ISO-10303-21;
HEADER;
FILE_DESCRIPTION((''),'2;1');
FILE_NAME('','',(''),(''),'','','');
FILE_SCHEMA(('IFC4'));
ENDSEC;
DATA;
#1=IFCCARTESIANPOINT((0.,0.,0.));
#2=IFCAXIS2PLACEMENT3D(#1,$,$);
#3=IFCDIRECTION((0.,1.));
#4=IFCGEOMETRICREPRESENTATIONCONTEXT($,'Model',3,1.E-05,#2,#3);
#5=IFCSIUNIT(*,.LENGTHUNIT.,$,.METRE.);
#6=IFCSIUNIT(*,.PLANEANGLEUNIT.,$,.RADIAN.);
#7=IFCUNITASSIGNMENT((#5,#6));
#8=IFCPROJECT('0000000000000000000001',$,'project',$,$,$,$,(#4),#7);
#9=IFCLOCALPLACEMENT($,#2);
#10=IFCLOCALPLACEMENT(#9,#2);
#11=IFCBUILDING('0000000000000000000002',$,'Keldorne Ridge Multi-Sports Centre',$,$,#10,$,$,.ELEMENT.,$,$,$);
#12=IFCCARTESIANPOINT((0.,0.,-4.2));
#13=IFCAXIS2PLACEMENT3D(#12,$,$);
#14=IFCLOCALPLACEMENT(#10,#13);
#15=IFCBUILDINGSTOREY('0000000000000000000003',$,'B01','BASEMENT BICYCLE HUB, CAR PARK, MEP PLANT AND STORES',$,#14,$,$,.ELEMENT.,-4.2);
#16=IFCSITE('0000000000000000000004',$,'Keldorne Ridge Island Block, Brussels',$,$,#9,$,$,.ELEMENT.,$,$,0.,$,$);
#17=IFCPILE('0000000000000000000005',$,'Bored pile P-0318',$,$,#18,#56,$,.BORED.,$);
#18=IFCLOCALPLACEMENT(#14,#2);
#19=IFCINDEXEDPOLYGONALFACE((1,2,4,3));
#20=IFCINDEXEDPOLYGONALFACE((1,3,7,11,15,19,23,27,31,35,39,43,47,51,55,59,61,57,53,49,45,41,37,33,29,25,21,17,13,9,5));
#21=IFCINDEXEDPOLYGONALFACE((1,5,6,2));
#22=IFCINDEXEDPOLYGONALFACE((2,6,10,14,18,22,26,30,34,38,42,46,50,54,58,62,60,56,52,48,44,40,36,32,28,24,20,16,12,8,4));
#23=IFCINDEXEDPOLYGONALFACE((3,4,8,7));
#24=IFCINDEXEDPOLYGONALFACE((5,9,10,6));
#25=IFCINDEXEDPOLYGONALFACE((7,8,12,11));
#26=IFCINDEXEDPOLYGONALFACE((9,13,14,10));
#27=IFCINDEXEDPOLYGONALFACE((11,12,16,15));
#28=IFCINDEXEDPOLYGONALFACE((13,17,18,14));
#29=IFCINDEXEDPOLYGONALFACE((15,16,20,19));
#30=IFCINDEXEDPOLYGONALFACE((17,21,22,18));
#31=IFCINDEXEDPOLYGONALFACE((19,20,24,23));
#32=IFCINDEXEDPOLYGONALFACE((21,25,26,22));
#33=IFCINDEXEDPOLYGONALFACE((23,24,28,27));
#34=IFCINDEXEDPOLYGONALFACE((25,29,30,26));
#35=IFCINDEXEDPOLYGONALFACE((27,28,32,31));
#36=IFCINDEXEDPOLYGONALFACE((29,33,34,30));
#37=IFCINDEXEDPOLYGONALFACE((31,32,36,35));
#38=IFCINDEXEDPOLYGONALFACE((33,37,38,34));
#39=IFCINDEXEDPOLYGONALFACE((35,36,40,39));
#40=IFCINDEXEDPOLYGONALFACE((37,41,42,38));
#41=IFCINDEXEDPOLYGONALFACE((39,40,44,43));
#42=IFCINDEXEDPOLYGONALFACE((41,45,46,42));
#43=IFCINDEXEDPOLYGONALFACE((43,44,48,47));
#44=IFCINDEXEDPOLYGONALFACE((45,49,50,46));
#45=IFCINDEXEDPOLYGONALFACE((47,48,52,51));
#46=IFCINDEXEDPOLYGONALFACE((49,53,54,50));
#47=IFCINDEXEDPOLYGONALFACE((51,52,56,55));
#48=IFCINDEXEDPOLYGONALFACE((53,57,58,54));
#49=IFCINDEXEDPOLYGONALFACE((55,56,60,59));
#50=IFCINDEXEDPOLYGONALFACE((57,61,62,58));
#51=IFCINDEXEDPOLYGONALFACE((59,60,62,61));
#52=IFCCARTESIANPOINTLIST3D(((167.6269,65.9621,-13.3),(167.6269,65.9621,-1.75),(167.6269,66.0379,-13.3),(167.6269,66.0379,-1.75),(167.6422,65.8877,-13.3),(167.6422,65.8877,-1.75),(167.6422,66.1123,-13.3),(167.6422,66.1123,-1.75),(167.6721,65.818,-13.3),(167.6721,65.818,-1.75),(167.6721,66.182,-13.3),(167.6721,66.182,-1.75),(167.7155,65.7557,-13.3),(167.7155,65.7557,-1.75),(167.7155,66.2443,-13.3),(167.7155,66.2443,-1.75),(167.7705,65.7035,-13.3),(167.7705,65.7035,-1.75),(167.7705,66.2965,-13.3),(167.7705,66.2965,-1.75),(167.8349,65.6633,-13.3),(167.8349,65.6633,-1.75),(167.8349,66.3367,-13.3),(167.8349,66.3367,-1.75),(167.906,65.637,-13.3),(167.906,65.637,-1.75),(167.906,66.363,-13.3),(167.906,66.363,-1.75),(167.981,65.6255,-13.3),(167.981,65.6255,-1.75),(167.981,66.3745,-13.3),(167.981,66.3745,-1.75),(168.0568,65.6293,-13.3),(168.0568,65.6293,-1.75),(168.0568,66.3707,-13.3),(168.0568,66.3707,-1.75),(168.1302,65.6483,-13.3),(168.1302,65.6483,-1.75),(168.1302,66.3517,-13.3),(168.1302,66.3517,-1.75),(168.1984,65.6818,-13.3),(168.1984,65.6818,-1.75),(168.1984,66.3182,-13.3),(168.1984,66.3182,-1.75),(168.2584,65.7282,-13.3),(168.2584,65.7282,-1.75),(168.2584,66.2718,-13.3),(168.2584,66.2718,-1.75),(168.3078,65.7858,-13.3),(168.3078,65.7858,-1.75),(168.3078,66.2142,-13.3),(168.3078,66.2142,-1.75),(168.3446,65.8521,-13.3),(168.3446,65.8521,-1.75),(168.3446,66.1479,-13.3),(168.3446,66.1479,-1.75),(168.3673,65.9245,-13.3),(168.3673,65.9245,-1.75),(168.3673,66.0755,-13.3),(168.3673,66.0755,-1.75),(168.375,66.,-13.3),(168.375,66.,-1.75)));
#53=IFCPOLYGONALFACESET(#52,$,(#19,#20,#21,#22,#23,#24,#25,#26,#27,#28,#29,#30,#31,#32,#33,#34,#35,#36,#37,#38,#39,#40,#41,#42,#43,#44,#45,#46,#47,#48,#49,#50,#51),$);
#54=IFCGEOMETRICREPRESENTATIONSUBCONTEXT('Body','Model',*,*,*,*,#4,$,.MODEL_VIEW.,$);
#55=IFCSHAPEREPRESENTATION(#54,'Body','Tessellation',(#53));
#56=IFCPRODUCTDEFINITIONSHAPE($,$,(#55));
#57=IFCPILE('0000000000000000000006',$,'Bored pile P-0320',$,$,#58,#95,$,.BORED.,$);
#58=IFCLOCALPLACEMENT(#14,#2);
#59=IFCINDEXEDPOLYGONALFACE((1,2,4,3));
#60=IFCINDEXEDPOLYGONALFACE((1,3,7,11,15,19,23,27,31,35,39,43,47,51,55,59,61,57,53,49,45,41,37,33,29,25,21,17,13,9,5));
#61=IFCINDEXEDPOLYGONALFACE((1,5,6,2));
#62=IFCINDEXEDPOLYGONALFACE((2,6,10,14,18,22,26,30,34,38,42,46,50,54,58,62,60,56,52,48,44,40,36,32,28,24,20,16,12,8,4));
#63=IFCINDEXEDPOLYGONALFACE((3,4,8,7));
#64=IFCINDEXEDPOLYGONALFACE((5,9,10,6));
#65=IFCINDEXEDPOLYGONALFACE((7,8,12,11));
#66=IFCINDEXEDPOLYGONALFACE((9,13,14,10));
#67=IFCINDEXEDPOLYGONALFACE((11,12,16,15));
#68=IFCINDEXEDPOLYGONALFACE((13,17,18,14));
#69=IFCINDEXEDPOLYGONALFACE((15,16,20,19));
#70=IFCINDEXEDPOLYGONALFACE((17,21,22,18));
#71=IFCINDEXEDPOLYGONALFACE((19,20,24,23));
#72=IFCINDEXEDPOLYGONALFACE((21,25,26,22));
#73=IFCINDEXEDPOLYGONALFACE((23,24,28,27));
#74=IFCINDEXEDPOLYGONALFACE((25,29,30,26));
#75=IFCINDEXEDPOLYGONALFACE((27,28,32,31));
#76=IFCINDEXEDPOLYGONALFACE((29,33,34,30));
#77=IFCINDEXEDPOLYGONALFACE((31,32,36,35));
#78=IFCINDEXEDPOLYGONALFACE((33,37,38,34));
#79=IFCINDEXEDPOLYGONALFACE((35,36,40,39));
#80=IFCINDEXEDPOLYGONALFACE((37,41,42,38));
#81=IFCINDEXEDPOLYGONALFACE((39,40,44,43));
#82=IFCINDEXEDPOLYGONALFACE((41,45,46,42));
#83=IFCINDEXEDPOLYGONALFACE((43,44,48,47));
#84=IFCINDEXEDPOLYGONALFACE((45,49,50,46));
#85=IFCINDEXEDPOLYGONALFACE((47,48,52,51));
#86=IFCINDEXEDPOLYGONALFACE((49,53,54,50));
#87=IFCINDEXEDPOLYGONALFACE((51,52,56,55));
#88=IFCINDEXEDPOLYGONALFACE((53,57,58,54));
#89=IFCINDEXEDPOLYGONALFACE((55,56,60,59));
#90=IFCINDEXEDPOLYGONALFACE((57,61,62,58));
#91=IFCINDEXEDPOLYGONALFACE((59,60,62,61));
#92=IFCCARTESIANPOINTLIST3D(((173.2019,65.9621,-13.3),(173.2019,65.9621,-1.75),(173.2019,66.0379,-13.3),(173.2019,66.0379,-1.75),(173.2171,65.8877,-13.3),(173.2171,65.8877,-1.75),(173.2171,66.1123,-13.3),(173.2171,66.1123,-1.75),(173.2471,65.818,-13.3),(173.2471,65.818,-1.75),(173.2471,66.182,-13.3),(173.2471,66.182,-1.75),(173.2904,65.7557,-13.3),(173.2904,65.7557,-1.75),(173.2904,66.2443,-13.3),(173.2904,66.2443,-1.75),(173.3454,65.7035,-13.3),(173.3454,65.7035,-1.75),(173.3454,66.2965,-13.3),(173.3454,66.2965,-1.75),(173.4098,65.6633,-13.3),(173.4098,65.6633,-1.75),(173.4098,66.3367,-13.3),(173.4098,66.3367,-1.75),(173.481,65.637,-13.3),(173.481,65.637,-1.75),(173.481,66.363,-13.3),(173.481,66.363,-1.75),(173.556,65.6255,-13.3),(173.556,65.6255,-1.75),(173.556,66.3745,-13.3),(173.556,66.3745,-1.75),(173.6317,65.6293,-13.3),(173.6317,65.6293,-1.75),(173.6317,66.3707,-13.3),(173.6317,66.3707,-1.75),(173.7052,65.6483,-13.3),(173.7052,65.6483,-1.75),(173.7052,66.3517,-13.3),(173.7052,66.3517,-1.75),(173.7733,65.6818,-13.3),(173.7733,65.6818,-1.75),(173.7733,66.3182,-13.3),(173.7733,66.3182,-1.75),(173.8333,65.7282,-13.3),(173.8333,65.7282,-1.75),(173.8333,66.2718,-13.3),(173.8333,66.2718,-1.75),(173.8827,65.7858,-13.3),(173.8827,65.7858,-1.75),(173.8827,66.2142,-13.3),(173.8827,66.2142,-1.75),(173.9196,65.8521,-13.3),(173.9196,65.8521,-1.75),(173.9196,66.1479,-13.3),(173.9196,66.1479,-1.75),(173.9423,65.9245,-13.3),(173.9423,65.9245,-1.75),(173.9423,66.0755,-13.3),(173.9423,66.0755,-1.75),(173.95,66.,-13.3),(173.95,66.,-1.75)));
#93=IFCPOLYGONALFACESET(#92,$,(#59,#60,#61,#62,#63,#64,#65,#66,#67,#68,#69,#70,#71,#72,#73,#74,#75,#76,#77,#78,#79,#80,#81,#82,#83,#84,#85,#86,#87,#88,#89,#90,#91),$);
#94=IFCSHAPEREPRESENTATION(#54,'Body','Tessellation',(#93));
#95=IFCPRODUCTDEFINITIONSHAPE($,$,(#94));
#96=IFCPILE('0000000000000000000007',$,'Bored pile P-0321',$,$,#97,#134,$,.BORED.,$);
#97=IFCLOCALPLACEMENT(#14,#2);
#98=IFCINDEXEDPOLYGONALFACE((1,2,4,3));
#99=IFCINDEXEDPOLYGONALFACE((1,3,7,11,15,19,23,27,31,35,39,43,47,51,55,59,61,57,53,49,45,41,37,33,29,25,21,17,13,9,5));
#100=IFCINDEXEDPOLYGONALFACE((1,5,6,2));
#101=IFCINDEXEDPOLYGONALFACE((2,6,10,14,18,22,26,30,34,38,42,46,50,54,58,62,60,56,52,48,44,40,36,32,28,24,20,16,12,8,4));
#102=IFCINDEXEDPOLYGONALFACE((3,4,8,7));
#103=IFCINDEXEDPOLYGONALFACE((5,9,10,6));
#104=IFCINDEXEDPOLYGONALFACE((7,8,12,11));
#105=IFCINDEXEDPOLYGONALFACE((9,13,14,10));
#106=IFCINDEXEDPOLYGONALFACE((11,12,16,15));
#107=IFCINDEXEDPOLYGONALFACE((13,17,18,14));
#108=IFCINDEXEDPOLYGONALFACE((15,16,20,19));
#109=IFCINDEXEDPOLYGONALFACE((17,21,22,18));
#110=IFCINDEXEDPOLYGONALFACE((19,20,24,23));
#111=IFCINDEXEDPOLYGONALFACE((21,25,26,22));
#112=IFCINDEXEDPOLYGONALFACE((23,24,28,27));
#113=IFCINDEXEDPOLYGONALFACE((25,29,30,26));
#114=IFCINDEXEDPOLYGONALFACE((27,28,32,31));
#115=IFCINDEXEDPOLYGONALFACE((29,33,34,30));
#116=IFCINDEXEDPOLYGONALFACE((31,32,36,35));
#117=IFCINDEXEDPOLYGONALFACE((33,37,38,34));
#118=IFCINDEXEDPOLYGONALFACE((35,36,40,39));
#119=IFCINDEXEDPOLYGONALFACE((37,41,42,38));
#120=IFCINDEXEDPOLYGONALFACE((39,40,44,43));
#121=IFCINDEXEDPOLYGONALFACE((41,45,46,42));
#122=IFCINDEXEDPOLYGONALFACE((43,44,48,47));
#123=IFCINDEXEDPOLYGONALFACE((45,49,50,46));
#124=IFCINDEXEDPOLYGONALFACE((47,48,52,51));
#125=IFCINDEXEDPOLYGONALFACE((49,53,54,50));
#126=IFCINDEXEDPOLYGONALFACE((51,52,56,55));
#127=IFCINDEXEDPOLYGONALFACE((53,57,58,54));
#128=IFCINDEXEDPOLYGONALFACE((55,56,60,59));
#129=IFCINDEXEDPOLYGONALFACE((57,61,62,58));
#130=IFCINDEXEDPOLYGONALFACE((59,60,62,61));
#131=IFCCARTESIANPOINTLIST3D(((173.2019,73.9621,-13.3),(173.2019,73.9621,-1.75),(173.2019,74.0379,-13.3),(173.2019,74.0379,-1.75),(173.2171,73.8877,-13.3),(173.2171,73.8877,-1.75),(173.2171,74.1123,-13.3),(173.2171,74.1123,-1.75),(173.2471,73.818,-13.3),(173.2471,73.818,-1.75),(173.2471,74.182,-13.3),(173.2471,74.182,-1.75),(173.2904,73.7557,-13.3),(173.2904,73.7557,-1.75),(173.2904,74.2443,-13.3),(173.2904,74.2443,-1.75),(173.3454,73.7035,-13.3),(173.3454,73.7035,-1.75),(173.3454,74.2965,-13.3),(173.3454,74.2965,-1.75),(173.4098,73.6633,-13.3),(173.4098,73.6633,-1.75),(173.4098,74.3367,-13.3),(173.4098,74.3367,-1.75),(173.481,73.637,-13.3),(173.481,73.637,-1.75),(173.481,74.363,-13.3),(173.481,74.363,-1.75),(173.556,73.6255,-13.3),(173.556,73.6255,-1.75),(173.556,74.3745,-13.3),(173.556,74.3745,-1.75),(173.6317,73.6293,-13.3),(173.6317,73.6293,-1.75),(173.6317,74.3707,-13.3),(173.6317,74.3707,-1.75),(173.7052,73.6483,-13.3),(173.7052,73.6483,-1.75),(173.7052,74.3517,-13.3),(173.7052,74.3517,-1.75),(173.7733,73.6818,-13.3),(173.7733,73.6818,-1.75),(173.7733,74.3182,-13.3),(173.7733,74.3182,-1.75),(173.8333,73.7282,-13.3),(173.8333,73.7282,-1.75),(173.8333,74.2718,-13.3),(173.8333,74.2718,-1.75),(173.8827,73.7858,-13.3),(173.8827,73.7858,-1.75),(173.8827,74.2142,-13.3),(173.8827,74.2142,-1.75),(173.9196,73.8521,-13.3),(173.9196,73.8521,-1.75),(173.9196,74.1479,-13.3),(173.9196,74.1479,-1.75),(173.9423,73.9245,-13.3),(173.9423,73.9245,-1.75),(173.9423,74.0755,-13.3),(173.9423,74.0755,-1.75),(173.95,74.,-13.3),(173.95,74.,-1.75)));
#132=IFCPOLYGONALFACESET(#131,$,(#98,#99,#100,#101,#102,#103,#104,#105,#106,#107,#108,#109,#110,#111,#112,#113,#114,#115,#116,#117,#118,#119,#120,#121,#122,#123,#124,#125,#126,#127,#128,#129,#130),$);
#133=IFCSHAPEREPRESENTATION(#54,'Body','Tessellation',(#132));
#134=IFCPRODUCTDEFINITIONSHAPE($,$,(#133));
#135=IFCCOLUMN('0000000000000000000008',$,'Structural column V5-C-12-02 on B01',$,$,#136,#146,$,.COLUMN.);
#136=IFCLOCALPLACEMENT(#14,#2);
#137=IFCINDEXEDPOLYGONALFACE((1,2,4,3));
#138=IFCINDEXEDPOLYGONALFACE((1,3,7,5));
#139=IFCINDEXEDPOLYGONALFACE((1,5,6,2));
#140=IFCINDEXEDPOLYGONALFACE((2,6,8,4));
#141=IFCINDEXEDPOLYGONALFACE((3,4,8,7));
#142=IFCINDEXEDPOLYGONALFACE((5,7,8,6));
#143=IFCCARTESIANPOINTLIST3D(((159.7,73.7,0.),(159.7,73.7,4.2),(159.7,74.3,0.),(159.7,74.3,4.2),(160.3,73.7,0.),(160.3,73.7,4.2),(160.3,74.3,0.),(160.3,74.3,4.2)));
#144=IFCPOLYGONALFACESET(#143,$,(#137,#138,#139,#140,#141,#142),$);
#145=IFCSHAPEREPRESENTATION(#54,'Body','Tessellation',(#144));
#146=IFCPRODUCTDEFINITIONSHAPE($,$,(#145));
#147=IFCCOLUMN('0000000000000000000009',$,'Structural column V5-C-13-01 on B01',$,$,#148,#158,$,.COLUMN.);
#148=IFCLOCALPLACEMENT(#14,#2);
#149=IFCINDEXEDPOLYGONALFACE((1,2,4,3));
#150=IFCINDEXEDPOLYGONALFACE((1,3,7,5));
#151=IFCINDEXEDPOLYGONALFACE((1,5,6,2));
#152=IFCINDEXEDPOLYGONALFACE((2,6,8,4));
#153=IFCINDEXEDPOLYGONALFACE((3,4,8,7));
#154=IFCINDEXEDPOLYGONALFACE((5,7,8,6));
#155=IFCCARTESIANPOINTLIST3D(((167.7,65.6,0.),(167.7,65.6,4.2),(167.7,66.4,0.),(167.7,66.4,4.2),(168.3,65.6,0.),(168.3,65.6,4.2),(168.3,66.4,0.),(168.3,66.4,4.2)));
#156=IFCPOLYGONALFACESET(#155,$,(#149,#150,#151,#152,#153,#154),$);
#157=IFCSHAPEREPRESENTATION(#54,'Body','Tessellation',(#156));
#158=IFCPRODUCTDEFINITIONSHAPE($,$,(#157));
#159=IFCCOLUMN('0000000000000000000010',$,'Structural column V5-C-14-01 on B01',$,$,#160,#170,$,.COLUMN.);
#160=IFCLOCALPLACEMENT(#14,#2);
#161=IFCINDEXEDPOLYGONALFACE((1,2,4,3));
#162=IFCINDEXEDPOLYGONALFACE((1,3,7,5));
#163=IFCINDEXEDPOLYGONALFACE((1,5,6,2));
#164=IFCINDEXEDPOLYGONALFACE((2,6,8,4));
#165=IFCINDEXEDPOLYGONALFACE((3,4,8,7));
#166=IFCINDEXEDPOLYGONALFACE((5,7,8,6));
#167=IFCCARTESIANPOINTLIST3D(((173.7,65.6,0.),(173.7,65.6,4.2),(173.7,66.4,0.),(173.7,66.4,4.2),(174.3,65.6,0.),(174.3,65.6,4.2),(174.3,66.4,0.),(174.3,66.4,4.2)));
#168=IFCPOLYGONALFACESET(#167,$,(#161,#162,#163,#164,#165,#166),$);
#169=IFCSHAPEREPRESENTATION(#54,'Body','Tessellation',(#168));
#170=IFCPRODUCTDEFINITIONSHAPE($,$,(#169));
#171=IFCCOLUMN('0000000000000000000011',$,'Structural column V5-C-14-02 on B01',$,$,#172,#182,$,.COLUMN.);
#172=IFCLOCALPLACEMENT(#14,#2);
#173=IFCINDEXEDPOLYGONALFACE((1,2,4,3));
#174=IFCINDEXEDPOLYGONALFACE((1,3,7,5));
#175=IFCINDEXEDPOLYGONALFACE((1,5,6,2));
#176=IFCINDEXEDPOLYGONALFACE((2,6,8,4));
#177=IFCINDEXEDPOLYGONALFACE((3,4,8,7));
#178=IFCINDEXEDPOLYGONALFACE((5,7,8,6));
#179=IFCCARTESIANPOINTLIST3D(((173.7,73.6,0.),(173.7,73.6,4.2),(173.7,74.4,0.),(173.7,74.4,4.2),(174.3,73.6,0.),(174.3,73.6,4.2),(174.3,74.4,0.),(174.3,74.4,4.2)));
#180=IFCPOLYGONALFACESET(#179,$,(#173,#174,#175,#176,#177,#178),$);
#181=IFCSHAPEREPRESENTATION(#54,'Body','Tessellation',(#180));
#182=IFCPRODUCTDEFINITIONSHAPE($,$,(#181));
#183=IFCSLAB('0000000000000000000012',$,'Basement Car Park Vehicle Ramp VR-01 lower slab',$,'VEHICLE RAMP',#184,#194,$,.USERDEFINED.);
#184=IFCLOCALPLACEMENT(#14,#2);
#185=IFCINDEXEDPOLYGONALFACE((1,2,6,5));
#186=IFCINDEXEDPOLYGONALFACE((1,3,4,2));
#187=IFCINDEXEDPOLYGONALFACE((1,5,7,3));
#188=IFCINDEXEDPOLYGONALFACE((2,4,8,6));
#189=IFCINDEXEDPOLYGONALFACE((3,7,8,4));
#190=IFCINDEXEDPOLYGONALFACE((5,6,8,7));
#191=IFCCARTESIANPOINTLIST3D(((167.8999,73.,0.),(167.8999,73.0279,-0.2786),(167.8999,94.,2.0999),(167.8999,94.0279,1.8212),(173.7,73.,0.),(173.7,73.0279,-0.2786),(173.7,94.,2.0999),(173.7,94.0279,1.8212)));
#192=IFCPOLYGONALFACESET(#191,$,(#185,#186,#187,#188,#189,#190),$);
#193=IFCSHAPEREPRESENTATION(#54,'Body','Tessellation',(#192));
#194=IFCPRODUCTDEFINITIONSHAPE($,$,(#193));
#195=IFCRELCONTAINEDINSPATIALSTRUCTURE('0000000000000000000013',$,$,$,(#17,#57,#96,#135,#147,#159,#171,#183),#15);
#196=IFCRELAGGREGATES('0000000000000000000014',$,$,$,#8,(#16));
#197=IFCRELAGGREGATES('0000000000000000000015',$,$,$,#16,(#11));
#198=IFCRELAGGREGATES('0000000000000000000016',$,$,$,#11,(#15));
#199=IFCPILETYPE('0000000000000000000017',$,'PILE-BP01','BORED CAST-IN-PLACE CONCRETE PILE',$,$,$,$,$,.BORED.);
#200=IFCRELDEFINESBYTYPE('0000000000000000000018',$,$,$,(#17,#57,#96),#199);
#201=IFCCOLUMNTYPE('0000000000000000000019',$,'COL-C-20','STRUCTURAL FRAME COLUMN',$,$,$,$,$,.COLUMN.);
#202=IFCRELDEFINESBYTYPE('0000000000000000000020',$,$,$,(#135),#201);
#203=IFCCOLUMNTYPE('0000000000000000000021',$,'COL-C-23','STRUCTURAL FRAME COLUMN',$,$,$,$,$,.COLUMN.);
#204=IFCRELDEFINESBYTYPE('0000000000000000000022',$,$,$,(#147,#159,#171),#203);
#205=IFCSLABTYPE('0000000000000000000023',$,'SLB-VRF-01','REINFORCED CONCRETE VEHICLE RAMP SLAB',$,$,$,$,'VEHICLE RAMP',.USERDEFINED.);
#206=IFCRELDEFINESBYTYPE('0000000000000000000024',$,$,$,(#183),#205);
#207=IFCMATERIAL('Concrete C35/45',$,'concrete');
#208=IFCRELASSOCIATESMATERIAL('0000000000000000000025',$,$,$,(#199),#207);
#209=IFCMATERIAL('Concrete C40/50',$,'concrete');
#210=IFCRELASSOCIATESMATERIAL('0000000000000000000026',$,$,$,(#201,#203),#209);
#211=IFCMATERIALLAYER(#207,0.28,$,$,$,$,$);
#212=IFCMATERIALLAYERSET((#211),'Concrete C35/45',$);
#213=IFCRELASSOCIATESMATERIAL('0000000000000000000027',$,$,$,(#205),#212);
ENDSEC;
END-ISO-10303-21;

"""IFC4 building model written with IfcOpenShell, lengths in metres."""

from ifc_helpers import new_model, si_unit, direction, frame, origin, origin_2d, place, context, subcontext, project, spatial, polyline, rectangle, circle, outline, extrude, material, layer, layer_set, material_profile, profile_set, type_object, element, save


model = new_model("IFC4")

# Units and contexts
model_context = context("Model", 3, precision=1e-05, world=origin(), true_north=direction((0.0, 1.0)))
body_context = subcontext(model_context, "Body", "Model", "MODEL_VIEW")
ifc_project = project(units=[si_unit("LENGTHUNIT", "METRE"), si_unit("PLANEANGLEUNIT", "RADIAN")], contexts=[model_context])

# Site, building, storey
site_placement = place(None, origin())
site = spatial("IfcSite", under=ifc_project, at=site_placement, Name="Keldorne Ridge Island Block, Brussels", CompositionType="ELEMENT", RefElevation=0.0)
building_placement = place(site_placement, origin())
building = spatial("IfcBuilding", under=site, at=building_placement, Name="Keldorne Ridge Multi-Sports Centre", CompositionType="ELEMENT")
storey_placement = place(building_placement, frame((0.0, 0.0, -4.2)))
storey = spatial("IfcBuildingStorey", under=building, at=storey_placement, Name="B01", Description="BASEMENT BICYCLE HUB, CAR PARK, MEP PLANT AND STORES", CompositionType="ELEMENT", Elevation=-4.2)

# Shared definitions
ifc_material_1 = material(Name="Concrete C35/45", Category="concrete")

# Piles
ifc_material_profile_1 = material_profile(ifc_material_1, circle(Radius=0.375, at=origin_2d()), Name="BORED PILE D750")
ifc_profile_set_1 = profile_set([ifc_material_profile_1], Name="Concrete C35/45")
pile_type = type_object("IfcPileType", Name="PILE-BP01", Description="BORED CAST-IN-PLACE CONCRETE PILE", PredefinedType="BORED", material=ifc_profile_set_1)
for number, where, z_axis, x_axis, name in (
    (1, (168.0, 66.0, -1.75), (0.0, 0.0, -1.0), (1.0, 0.0, 0.0), "Bored pile P-0318"),
    (2, (173.575, 66.0, -1.75), (0.0, 0.0, -1.0), (1.0, 0.0, 0.0), "Bored pile P-0320"),
    (3, (173.575, 74.0, -1.75), (0.0, 0.0, -1.0), (1.0, 0.0, 0.0), "Bored pile P-0321"),
):
    element("IfcPile", number, at=place(storey_placement, frame(where, z_axis=z_axis, x_axis=x_axis)), inside=storey, type_object=pile_type, Name=name, PredefinedType="BORED", context=body_context, shape_type="SweptSolid", body=[
        extrude(circle(Radius=0.375, at=origin_2d()), origin(), (0.0, 0.0, 1.0), 11.55),
    ])

# Columns
ifc_material_2 = material(Name="Concrete C40/50", Category="concrete")
ifc_material_profile_2 = material_profile(ifc_material_2, rectangle(XDim=0.6001, YDim=0.6001, at=origin_2d()), Name="RC 600x600")
ifc_profile_set_2 = profile_set([ifc_material_profile_2], Name="Concrete C40/50")
column_type_1 = type_object("IfcColumnType", Name="COL-C-20", Description="STRUCTURAL FRAME COLUMN", PredefinedType="COLUMN", material=ifc_profile_set_2)
column_placement = place(storey_placement, frame((160.0, 74.0, 0.0), z_axis=(0.0, 0.0, 1.0), x_axis=(1.0, 0.0, 0.0)))
element("IfcColumn", 4, at=column_placement, inside=storey, type_object=column_type_1, Name="Structural column V5-C-12-02 on B01", PredefinedType="COLUMN", context=body_context, shape_type="SweptSolid", body=[
    extrude(rectangle(XDim=0.6001, YDim=0.6001, at=origin_2d()), origin(), (0.0, 0.0, 1.0), 4.2),
])
ifc_material_profile_3 = material_profile(ifc_material_2, rectangle(XDim=0.6001, YDim=0.8, at=origin_2d()), Name="RC 600x800")
ifc_profile_set_3 = profile_set([ifc_material_profile_3], Name="Concrete C40/50")
column_type_2 = type_object("IfcColumnType", Name="COL-C-23", Description="STRUCTURAL FRAME COLUMN", PredefinedType="COLUMN", material=ifc_profile_set_3)
for number, where, z_axis, x_axis, name in (
    (5, (168.0, 66.0, 0.0), (0.0, 0.0, 1.0), (1.0, 0.0, 0.0), "Structural column V5-C-13-01 on B01"),
    (6, (174.0, 66.0, 0.0), (0.0, 0.0, 1.0), (1.0, 0.0, 0.0), "Structural column V5-C-14-01 on B01"),
    (7, (174.0, 74.0, 0.0), (0.0, 0.0, 1.0), (1.0, 0.0, 0.0), "Structural column V5-C-14-02 on B01"),
):
    element("IfcColumn", number, at=place(storey_placement, frame(where, z_axis=z_axis, x_axis=x_axis)), inside=storey, type_object=column_type_2, Name=name, PredefinedType="COLUMN", context=body_context, shape_type="SweptSolid", body=[
        extrude(rectangle(XDim=0.6001, YDim=0.8, at=origin_2d()), origin(), (0.0, 0.0, 1.0), 4.2),
    ])

# Slab
ifc_layer_1 = layer(ifc_material_1, 0.28)
ifc_layer_set_1 = layer_set([ifc_layer_1], Name="Concrete C35/45")
slab_type = type_object("IfcSlabType", Name="SLB-VRF-01", Description="REINFORCED CONCRETE VEHICLE RAMP SLAB", ElementType="VEHICLE RAMP", PredefinedType="USERDEFINED", material=ifc_layer_set_1)
slab_placement = place(storey_placement, frame((167.8999, 73.0, 0.0), z_axis=(0.0, -0.099497, 0.995038), x_axis=(1.0, 0.0, 0.0)))
element("IfcSlab", 8, at=slab_placement, inside=storey, type_object=slab_type, Name="Basement Car Park Vehicle Ramp VR-01 lower slab", ObjectType="VEHICLE RAMP", PredefinedType="USERDEFINED", context=body_context, shape_type="SweptSolid", body=[
    extrude(outline(polyline([(0.0, 0.0), (5.8, 0.0), (5.8, 21.1047), (0.0, 21.1047), (0.0, 0.0)])), origin(), (0.0, 0.0, -1.0), 0.28),
])

save(model, "model.ifc")
